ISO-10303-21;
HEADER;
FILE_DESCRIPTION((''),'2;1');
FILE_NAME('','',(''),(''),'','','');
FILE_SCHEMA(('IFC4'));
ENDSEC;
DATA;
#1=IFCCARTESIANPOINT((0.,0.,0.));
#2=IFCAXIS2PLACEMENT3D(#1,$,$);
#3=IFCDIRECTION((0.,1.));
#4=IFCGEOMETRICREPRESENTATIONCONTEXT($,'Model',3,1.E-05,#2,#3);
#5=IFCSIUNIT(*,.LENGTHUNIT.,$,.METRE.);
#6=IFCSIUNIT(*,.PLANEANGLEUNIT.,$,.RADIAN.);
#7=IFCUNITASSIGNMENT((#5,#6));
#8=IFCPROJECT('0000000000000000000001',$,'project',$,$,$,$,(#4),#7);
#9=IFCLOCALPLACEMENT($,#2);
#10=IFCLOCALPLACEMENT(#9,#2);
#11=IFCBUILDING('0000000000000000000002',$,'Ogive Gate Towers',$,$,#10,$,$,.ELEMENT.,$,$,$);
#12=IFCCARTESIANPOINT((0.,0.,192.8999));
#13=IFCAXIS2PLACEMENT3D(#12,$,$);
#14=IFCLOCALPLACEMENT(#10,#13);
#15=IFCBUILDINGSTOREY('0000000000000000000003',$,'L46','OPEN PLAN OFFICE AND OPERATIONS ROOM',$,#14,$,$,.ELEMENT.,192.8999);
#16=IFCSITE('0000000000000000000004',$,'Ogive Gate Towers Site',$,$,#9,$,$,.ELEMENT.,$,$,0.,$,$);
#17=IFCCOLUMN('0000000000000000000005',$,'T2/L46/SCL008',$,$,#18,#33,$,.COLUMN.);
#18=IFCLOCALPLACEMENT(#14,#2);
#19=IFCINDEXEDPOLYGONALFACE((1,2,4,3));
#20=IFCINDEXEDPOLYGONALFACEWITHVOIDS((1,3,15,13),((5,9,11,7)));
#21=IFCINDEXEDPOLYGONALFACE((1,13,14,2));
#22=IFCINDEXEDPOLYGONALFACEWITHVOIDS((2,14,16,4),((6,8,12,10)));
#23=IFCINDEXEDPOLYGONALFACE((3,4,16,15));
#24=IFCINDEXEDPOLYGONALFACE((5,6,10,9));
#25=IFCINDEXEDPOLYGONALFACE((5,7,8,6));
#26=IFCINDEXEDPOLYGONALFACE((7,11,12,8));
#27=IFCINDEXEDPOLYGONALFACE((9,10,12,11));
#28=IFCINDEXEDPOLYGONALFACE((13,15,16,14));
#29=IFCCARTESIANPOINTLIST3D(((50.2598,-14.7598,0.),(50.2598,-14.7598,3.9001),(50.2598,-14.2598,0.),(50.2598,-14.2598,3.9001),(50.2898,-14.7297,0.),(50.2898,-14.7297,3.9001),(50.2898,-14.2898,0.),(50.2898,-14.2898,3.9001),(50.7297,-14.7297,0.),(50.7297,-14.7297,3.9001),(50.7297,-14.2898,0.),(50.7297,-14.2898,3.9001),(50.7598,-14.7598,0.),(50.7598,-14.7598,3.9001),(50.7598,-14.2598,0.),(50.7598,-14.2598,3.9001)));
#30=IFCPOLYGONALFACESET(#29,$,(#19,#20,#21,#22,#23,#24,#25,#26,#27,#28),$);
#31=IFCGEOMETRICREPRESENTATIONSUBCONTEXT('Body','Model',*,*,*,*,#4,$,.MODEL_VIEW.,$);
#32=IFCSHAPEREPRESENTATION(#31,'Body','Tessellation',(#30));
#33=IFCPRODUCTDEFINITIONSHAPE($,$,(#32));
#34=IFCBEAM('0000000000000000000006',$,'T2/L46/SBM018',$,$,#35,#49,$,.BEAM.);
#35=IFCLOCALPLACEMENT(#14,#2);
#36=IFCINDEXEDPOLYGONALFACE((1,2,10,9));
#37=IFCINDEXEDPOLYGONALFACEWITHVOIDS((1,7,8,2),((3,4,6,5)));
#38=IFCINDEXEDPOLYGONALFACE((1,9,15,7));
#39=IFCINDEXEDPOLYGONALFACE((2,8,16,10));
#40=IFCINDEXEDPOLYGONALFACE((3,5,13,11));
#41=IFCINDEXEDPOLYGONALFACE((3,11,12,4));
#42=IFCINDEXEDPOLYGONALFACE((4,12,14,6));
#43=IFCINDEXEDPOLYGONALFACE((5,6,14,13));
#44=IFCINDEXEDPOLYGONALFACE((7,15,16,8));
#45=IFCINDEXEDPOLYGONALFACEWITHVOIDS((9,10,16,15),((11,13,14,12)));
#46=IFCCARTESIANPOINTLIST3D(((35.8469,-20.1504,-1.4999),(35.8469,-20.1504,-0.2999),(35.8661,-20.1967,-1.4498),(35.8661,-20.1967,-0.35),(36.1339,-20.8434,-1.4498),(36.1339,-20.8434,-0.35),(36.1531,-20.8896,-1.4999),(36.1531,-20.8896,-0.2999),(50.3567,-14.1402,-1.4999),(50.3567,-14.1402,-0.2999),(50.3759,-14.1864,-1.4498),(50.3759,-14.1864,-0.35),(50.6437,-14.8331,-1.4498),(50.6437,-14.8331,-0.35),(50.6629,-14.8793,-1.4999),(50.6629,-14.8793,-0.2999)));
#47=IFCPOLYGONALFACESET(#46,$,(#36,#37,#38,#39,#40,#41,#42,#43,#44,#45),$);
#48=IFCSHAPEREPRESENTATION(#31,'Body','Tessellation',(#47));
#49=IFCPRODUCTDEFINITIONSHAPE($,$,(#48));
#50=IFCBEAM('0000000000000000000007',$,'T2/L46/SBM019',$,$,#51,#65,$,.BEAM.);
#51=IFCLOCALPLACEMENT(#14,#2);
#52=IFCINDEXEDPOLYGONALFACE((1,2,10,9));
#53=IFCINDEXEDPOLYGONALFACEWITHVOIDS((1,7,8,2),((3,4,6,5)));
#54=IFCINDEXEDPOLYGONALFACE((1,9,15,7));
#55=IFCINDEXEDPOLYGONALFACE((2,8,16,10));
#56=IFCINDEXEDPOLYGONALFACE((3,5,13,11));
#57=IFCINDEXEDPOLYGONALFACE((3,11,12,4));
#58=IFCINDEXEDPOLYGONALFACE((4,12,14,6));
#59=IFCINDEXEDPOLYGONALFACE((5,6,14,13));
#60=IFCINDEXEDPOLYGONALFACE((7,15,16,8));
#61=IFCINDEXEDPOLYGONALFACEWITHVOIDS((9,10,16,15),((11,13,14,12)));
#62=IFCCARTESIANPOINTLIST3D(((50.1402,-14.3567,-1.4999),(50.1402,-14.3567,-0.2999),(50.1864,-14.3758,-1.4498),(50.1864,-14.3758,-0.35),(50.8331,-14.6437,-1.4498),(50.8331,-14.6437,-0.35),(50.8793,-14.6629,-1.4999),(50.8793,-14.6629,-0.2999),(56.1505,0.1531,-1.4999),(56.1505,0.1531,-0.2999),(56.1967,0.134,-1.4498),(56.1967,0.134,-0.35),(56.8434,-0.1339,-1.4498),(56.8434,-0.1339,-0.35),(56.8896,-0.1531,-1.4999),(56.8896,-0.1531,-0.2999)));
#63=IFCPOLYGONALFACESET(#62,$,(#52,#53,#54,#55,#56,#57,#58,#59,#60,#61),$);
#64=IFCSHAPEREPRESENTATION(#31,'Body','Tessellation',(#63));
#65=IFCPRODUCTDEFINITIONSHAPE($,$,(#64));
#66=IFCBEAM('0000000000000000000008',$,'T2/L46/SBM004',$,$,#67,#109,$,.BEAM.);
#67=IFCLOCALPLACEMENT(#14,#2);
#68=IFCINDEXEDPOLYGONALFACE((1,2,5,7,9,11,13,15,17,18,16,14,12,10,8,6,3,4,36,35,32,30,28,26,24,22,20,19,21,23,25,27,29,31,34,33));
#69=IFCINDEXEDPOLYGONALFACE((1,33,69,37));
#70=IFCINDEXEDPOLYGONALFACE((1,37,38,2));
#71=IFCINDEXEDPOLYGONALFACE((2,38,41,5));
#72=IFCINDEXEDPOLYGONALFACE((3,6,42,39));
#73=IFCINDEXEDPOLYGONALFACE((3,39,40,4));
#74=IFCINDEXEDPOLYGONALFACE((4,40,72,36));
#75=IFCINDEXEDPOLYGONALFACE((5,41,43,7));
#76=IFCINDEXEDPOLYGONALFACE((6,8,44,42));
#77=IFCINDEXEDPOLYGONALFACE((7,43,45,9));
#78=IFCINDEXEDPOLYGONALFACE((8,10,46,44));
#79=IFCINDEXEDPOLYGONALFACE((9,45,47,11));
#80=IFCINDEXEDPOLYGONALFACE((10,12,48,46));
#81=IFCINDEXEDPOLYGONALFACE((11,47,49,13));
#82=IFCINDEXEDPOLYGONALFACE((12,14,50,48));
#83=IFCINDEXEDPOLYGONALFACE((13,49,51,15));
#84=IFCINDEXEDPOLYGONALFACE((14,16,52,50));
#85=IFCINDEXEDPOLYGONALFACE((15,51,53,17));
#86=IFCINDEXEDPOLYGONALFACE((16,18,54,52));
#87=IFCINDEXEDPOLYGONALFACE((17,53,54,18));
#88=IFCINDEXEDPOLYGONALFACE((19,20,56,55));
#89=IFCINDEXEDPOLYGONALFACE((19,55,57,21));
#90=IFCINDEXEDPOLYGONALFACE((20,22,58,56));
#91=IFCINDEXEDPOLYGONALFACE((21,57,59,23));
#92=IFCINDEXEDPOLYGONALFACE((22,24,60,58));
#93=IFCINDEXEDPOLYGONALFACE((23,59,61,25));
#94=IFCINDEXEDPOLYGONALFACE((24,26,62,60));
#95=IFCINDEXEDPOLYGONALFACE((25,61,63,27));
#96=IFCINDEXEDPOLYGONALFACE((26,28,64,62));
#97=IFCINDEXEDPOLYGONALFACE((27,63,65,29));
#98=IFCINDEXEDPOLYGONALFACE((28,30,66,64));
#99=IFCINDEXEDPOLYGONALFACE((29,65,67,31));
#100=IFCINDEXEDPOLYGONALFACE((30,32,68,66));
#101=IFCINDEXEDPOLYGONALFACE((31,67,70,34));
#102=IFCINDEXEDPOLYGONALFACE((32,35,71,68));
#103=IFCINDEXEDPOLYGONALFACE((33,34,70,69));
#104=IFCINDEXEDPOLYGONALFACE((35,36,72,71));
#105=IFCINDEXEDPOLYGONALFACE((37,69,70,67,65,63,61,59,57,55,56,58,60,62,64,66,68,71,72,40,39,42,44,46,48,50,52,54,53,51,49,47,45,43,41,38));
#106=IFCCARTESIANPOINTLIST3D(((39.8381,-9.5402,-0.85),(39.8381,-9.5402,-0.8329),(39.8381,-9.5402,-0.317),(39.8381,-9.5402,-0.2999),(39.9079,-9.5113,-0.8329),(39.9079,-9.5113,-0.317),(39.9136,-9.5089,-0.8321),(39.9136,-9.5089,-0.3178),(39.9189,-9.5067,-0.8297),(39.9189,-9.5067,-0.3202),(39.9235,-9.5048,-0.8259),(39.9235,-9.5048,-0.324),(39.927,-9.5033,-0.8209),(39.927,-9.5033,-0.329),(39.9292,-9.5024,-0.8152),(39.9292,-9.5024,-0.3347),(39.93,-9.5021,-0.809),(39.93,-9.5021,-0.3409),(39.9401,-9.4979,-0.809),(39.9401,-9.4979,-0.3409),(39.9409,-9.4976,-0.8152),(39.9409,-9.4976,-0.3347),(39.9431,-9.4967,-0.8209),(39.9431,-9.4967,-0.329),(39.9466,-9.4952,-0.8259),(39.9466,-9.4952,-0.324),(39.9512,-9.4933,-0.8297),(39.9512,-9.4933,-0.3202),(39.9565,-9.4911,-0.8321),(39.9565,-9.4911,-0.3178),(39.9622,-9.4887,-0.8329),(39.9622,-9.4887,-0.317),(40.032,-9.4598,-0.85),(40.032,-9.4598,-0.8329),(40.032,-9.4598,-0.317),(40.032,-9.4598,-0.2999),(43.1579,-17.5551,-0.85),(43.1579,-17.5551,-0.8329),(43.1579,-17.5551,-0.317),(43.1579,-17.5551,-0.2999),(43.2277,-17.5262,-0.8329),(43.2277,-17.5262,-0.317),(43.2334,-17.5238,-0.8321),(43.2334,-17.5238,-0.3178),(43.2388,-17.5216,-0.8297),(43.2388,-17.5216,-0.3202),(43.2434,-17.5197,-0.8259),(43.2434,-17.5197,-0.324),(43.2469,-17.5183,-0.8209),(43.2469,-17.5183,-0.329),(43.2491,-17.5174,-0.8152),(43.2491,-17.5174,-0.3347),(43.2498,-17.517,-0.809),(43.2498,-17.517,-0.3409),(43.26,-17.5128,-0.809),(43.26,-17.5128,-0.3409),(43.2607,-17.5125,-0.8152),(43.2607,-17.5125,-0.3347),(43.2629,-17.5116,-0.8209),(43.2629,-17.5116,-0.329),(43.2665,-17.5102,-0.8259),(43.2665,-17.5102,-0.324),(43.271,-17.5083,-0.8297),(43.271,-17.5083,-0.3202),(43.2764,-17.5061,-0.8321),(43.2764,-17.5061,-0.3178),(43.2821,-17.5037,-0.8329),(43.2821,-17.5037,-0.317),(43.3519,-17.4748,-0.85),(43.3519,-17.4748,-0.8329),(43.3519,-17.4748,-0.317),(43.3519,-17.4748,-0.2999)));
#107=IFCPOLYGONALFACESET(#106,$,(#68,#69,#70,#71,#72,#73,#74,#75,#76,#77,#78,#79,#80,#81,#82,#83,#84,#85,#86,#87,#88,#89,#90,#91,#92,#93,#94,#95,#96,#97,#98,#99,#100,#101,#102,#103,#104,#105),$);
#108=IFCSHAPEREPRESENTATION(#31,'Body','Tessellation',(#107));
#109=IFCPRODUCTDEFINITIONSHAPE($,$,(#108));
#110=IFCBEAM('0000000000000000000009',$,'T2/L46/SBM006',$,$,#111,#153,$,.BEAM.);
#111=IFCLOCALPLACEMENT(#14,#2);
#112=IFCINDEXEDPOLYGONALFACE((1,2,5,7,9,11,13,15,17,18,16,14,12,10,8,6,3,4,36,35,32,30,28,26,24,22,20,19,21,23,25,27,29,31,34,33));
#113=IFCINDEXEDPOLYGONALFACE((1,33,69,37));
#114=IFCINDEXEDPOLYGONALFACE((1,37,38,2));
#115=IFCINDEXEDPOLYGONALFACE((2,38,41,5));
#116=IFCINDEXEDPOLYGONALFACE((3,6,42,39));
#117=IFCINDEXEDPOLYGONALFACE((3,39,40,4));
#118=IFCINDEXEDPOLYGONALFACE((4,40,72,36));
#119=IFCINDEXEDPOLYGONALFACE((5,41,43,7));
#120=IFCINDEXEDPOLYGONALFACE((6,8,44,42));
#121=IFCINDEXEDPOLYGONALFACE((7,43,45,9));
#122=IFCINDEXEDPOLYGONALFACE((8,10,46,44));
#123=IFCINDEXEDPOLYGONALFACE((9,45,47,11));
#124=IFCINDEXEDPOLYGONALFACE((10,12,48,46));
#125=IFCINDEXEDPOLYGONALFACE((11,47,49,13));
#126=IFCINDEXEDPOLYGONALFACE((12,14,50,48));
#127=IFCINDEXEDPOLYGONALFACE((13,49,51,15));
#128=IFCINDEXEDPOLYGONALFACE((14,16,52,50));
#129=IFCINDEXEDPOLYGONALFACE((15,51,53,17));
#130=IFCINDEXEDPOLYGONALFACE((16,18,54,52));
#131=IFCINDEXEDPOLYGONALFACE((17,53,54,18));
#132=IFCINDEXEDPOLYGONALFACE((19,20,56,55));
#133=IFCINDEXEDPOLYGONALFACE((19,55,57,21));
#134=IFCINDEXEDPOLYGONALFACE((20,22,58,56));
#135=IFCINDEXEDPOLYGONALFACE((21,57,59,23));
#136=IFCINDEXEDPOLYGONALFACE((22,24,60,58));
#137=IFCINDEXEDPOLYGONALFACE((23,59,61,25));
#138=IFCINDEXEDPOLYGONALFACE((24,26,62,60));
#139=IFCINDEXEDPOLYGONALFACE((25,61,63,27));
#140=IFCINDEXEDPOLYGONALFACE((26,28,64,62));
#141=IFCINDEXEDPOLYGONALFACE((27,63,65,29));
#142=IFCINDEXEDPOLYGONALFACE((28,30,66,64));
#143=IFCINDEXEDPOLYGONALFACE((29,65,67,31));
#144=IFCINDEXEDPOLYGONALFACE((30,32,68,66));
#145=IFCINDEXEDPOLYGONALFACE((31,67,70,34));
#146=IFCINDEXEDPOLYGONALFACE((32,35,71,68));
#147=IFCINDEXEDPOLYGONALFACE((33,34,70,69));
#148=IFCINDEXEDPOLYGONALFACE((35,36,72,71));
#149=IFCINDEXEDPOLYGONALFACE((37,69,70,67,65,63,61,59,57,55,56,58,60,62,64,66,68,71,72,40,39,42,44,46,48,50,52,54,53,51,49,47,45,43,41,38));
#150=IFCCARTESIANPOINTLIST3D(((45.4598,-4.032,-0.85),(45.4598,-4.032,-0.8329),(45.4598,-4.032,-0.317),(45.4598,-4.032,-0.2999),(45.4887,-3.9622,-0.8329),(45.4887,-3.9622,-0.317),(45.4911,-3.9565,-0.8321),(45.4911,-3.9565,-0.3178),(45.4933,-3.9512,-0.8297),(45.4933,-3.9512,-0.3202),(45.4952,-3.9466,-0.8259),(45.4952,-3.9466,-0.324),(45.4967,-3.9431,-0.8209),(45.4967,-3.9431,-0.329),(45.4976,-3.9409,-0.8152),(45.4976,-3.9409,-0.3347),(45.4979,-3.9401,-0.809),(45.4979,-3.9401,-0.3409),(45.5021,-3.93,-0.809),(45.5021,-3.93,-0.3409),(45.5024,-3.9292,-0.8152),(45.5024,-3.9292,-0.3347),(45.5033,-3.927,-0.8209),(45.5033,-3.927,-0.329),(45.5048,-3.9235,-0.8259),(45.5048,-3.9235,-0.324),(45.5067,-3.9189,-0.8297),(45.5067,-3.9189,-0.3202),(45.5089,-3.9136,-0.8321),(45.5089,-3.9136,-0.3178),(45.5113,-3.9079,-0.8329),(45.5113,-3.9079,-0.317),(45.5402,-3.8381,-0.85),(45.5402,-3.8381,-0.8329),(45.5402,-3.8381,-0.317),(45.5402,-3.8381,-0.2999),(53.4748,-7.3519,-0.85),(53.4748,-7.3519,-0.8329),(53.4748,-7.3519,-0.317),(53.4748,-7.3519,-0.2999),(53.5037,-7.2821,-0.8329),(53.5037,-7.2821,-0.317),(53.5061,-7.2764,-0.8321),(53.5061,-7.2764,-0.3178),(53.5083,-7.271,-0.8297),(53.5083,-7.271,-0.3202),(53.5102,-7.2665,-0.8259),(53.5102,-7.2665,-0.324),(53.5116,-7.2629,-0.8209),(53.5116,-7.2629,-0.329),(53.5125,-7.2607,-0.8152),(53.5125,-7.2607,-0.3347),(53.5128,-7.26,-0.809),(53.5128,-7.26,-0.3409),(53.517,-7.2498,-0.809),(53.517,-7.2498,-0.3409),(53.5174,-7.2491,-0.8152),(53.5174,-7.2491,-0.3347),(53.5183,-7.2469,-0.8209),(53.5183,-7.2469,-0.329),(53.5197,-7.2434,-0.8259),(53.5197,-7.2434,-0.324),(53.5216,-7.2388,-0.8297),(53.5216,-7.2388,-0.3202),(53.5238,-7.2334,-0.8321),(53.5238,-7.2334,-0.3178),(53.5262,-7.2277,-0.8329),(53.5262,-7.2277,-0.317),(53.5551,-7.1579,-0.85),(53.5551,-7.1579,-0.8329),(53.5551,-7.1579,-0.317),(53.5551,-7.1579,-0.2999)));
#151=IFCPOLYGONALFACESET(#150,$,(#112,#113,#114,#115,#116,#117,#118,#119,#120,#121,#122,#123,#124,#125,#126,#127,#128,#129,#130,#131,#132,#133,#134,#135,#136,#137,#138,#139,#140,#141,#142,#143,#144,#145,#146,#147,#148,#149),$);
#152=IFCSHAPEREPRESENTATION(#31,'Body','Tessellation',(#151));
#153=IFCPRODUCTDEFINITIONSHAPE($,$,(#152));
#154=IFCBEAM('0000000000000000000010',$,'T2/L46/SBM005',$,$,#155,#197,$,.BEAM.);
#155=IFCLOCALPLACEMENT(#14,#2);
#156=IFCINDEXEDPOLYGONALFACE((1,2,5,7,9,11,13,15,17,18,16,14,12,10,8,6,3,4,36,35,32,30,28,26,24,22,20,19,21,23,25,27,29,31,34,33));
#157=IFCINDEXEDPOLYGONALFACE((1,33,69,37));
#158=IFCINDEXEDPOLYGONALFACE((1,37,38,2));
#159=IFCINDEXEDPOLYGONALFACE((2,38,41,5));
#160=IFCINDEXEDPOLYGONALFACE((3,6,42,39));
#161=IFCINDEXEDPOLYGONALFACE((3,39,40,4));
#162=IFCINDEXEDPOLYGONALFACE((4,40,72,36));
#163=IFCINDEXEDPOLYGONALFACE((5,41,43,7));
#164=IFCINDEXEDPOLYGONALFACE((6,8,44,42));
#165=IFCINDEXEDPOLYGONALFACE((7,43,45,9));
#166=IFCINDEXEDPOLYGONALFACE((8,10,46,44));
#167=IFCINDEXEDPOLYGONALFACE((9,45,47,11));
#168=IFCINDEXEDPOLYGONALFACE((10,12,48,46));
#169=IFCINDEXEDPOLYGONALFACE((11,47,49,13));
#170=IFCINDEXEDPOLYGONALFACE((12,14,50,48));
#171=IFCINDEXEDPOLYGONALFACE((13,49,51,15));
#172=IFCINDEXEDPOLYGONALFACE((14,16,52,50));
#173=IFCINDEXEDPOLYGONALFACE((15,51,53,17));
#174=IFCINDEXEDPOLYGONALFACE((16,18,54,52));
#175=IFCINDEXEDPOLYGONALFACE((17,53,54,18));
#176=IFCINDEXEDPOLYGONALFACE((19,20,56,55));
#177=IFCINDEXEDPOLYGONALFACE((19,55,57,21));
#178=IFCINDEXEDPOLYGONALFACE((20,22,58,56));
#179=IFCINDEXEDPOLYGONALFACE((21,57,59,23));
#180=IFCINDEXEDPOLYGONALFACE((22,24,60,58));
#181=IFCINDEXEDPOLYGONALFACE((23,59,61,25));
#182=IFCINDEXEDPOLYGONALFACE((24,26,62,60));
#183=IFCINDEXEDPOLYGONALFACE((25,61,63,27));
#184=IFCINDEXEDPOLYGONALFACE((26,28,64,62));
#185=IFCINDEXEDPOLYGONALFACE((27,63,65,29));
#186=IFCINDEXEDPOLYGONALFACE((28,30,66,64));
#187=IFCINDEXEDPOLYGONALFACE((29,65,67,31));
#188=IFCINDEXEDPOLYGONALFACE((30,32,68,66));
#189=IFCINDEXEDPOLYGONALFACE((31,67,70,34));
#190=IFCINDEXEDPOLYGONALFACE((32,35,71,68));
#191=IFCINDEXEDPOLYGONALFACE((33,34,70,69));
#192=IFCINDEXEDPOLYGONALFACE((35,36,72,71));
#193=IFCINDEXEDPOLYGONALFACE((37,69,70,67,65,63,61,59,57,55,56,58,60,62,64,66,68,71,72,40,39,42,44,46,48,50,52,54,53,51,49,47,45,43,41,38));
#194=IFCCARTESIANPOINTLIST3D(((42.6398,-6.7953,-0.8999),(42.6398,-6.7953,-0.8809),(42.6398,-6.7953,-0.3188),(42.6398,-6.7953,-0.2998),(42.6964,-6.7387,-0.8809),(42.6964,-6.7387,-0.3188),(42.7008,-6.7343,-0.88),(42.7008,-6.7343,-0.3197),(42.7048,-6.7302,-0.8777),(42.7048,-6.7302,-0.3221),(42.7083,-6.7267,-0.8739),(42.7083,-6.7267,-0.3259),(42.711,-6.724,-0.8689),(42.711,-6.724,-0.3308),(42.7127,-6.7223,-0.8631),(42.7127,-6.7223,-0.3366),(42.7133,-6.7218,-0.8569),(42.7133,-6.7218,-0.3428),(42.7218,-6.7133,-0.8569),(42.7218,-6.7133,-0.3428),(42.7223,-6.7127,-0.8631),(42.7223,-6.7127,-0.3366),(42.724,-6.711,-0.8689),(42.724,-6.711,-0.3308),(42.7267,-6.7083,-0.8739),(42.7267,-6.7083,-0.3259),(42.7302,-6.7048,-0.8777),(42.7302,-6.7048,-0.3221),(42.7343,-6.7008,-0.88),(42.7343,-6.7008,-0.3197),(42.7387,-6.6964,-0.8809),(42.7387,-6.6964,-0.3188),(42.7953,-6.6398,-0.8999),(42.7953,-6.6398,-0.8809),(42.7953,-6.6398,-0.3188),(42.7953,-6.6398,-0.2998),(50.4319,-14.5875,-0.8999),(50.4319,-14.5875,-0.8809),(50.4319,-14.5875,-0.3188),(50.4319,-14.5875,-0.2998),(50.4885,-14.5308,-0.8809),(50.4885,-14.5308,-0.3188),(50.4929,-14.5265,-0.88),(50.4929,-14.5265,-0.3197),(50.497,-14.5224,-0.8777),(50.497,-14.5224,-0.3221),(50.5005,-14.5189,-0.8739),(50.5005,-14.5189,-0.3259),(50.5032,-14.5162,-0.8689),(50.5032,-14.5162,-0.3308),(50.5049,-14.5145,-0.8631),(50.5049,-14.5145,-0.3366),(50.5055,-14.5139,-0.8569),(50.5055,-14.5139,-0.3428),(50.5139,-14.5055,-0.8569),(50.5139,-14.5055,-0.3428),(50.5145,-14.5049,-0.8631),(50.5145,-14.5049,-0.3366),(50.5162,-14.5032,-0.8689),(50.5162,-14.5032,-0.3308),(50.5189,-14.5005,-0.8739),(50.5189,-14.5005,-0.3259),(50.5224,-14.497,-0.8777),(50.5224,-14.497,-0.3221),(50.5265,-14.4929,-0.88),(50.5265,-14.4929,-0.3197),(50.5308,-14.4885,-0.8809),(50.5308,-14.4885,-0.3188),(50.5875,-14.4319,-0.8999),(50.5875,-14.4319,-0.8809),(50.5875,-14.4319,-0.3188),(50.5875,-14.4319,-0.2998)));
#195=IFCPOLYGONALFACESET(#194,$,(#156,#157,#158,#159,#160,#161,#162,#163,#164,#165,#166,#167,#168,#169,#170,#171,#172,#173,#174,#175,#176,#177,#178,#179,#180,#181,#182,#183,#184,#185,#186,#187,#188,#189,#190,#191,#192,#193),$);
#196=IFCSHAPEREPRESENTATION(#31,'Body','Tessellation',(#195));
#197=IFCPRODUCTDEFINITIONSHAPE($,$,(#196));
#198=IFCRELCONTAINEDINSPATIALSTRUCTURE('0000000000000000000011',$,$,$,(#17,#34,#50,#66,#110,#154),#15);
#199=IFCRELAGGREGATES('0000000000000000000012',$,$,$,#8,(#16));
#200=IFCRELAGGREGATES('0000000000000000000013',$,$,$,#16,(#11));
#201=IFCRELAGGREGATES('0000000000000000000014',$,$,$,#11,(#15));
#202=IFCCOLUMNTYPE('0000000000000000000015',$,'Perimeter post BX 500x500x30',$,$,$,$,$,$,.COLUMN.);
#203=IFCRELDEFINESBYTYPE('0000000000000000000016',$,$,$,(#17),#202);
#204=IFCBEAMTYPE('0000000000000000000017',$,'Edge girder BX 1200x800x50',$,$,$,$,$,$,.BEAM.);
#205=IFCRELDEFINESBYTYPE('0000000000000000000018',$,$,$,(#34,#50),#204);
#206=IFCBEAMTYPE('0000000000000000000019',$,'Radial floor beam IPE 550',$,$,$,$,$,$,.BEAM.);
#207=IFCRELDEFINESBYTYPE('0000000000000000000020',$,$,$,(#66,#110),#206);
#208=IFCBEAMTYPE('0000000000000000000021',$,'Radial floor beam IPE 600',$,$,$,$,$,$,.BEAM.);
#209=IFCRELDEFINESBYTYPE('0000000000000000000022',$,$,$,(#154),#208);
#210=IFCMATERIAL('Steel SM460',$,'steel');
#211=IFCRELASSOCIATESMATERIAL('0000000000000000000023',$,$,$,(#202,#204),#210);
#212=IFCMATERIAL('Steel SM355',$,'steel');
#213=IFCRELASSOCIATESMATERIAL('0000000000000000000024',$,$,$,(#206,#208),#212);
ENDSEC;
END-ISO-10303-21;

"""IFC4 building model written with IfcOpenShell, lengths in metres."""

from ifc_helpers import new_model, si_unit, direction, frame, origin, origin_2d, place, context, subcontext, project, spatial, hollow_rectangle, i_section, extrude, material, material_profile, profile_set, type_object, element, save


model = new_model("IFC4")

# Units and contexts
model_context = context("Model", 3, precision=1e-05, world=origin(), true_north=direction((0.0, 1.0)))
body_context = subcontext(model_context, "Body", "Model", "MODEL_VIEW")
ifc_project = project(units=[si_unit("LENGTHUNIT", "METRE"), si_unit("PLANEANGLEUNIT", "RADIAN")], contexts=[model_context])

# Site, building, storey
site_placement = place(None, origin())
site = spatial("IfcSite", under=ifc_project, at=site_placement, Name="Ogive Gate Towers Site", CompositionType="ELEMENT", RefElevation=0.0)
building_placement = place(site_placement, origin())
building = spatial("IfcBuilding", under=site, at=building_placement, Name="Ogive Gate Towers", CompositionType="ELEMENT")
storey_placement = place(building_placement, frame((0.0, 0.0, 192.8999)))
storey = spatial("IfcBuildingStorey", under=building, at=storey_placement, Name="L46", Description="OPEN PLAN OFFICE AND OPERATIONS ROOM", CompositionType="ELEMENT", Elevation=192.8999)

# Column
ifc_material_1 = material(Name="Steel SM460", Category="steel")
ifc_material_profile_1 = material_profile(ifc_material_1, hollow_rectangle(XDim=0.5, YDim=0.5, WallThickness=0.03, at=origin_2d()), Name="BX 500x500x30")
ifc_profile_set_1 = profile_set([ifc_material_profile_1], Name="Steel SM460")
column_type = type_object("IfcColumnType", Name="Perimeter post BX 500x500x30", PredefinedType="COLUMN", material=ifc_profile_set_1)
column_placement = place(storey_placement, frame((50.5098, -14.5098, 0.0), z_axis=(0.0, 0.0, 1.0), x_axis=(1.0, 0.0, 0.0)))
element("IfcColumn", 1, at=column_placement, inside=storey, type_object=column_type, Name="T2/L46/SCL008", PredefinedType="COLUMN", context=body_context, shape_type="SweptSolid", body=[
    extrude(hollow_rectangle(XDim=0.5, YDim=0.5, WallThickness=0.03, at=origin_2d()), origin(), (0.0, 0.0, 1.0), 3.9001),
])

# Beams
ifc_material_profile_2 = material_profile(ifc_material_1, hollow_rectangle(XDim=0.8, YDim=1.2, WallThickness=0.05, at=origin_2d()), Name="BX 1200x800x50")
ifc_profile_set_2 = profile_set([ifc_material_profile_2], Name="Steel SM460")
beam_type_1 = type_object("IfcBeamType", Name="Edge girder BX 1200x800x50", PredefinedType="BEAM", material=ifc_profile_set_2)
for number, where, z_axis, x_axis, name in (
    (2, (36.0, -20.52, -0.8999), (0.923877, 0.38269, 0.0), (-0.38269, 0.923877, 0.0), "T2/L46/SBM018"),
    (3, (50.5098, -14.5098, -0.8999), (0.38269, 0.923877, 0.0), (-0.923877, 0.38269, 0.0), "T2/L46/SBM019"),
):
    element("IfcBeam", number, at=place(storey_placement, frame(where, z_axis=z_axis, x_axis=x_axis)), inside=storey, type_object=beam_type_1, Name=name, PredefinedType="BEAM", context=body_context, shape_type="SweptSolid", body=[
        extrude(hollow_rectangle(XDim=0.8, YDim=1.2, WallThickness=0.05, at=origin_2d()), origin(), (0.0, 0.0, 1.0), 15.7053),
    ])
ifc_material_2 = material(Name="Steel SM355", Category="steel")
ifc_material_profile_3 = material_profile(ifc_material_2, i_section(OverallWidth=0.21, OverallDepth=0.55, WebThickness=0.011, FlangeThickness=0.0171, FilletRadius=0.0239, at=origin_2d()), Name="IPE 550")
ifc_profile_set_3 = profile_set([ifc_material_profile_3], Name="Steel SM355")
beam_type_2 = type_object("IfcBeamType", Name="Radial floor beam IPE 550", PredefinedType="BEAM", material=ifc_profile_set_3)
for number, where, z_axis, x_axis, name in (
    (4, (39.9351, -9.5, -0.575), (0.382678, -0.923882, 0.0), (0.923882, 0.382678, 0.0), "T2/L46/SBM004"),
    (5, (45.5, -3.9351, -0.575), (0.923882, -0.382678, 0.0), (0.382678, 0.923882, 0.0), "T2/L46/SBM006"),
):
    element("IfcBeam", number, at=place(storey_placement, frame(where, z_axis=z_axis, x_axis=x_axis)), inside=storey, type_object=beam_type_2, Name=name, PredefinedType="BEAM", context=body_context, shape_type="SweptSolid", body=[
        extrude(i_section(OverallWidth=0.21, OverallDepth=0.55, WebThickness=0.011, FlangeThickness=0.0171, FilletRadius=0.0239, at=origin_2d()), origin(), (0.0, 0.0, 1.0), 8.6753),
    ])
ifc_material_profile_4 = material_profile(ifc_material_2, i_section(OverallWidth=0.22, OverallDepth=0.6001, WebThickness=0.012, FlangeThickness=0.019, FilletRadius=0.0239, at=origin_2d()), Name="IPE 600")
ifc_profile_set_4 = profile_set([ifc_material_profile_4], Name="Steel SM355")
beam_type_3 = type_object("IfcBeamType", Name="Radial floor beam IPE 600", PredefinedType="BEAM", material=ifc_profile_set_4)
beam_placement = place(storey_placement, frame((42.7175, -6.7175, -0.5999), z_axis=(0.707107, -0.707107, 0.0), x_axis=(0.707107, 0.707107, 0.0)))
element("IfcBeam", 6, at=beam_placement, inside=storey, type_object=beam_type_3, Name="T2/L46/SBM005", PredefinedType="BEAM", context=body_context, shape_type="SweptSolid", body=[
    extrude(i_section(OverallWidth=0.22, OverallDepth=0.6001, WebThickness=0.012, FlangeThickness=0.019, FilletRadius=0.0239, at=origin_2d()), origin(), (0.0, 0.0, 1.0), 11.0198),
])

save(model, "model.ifc")
